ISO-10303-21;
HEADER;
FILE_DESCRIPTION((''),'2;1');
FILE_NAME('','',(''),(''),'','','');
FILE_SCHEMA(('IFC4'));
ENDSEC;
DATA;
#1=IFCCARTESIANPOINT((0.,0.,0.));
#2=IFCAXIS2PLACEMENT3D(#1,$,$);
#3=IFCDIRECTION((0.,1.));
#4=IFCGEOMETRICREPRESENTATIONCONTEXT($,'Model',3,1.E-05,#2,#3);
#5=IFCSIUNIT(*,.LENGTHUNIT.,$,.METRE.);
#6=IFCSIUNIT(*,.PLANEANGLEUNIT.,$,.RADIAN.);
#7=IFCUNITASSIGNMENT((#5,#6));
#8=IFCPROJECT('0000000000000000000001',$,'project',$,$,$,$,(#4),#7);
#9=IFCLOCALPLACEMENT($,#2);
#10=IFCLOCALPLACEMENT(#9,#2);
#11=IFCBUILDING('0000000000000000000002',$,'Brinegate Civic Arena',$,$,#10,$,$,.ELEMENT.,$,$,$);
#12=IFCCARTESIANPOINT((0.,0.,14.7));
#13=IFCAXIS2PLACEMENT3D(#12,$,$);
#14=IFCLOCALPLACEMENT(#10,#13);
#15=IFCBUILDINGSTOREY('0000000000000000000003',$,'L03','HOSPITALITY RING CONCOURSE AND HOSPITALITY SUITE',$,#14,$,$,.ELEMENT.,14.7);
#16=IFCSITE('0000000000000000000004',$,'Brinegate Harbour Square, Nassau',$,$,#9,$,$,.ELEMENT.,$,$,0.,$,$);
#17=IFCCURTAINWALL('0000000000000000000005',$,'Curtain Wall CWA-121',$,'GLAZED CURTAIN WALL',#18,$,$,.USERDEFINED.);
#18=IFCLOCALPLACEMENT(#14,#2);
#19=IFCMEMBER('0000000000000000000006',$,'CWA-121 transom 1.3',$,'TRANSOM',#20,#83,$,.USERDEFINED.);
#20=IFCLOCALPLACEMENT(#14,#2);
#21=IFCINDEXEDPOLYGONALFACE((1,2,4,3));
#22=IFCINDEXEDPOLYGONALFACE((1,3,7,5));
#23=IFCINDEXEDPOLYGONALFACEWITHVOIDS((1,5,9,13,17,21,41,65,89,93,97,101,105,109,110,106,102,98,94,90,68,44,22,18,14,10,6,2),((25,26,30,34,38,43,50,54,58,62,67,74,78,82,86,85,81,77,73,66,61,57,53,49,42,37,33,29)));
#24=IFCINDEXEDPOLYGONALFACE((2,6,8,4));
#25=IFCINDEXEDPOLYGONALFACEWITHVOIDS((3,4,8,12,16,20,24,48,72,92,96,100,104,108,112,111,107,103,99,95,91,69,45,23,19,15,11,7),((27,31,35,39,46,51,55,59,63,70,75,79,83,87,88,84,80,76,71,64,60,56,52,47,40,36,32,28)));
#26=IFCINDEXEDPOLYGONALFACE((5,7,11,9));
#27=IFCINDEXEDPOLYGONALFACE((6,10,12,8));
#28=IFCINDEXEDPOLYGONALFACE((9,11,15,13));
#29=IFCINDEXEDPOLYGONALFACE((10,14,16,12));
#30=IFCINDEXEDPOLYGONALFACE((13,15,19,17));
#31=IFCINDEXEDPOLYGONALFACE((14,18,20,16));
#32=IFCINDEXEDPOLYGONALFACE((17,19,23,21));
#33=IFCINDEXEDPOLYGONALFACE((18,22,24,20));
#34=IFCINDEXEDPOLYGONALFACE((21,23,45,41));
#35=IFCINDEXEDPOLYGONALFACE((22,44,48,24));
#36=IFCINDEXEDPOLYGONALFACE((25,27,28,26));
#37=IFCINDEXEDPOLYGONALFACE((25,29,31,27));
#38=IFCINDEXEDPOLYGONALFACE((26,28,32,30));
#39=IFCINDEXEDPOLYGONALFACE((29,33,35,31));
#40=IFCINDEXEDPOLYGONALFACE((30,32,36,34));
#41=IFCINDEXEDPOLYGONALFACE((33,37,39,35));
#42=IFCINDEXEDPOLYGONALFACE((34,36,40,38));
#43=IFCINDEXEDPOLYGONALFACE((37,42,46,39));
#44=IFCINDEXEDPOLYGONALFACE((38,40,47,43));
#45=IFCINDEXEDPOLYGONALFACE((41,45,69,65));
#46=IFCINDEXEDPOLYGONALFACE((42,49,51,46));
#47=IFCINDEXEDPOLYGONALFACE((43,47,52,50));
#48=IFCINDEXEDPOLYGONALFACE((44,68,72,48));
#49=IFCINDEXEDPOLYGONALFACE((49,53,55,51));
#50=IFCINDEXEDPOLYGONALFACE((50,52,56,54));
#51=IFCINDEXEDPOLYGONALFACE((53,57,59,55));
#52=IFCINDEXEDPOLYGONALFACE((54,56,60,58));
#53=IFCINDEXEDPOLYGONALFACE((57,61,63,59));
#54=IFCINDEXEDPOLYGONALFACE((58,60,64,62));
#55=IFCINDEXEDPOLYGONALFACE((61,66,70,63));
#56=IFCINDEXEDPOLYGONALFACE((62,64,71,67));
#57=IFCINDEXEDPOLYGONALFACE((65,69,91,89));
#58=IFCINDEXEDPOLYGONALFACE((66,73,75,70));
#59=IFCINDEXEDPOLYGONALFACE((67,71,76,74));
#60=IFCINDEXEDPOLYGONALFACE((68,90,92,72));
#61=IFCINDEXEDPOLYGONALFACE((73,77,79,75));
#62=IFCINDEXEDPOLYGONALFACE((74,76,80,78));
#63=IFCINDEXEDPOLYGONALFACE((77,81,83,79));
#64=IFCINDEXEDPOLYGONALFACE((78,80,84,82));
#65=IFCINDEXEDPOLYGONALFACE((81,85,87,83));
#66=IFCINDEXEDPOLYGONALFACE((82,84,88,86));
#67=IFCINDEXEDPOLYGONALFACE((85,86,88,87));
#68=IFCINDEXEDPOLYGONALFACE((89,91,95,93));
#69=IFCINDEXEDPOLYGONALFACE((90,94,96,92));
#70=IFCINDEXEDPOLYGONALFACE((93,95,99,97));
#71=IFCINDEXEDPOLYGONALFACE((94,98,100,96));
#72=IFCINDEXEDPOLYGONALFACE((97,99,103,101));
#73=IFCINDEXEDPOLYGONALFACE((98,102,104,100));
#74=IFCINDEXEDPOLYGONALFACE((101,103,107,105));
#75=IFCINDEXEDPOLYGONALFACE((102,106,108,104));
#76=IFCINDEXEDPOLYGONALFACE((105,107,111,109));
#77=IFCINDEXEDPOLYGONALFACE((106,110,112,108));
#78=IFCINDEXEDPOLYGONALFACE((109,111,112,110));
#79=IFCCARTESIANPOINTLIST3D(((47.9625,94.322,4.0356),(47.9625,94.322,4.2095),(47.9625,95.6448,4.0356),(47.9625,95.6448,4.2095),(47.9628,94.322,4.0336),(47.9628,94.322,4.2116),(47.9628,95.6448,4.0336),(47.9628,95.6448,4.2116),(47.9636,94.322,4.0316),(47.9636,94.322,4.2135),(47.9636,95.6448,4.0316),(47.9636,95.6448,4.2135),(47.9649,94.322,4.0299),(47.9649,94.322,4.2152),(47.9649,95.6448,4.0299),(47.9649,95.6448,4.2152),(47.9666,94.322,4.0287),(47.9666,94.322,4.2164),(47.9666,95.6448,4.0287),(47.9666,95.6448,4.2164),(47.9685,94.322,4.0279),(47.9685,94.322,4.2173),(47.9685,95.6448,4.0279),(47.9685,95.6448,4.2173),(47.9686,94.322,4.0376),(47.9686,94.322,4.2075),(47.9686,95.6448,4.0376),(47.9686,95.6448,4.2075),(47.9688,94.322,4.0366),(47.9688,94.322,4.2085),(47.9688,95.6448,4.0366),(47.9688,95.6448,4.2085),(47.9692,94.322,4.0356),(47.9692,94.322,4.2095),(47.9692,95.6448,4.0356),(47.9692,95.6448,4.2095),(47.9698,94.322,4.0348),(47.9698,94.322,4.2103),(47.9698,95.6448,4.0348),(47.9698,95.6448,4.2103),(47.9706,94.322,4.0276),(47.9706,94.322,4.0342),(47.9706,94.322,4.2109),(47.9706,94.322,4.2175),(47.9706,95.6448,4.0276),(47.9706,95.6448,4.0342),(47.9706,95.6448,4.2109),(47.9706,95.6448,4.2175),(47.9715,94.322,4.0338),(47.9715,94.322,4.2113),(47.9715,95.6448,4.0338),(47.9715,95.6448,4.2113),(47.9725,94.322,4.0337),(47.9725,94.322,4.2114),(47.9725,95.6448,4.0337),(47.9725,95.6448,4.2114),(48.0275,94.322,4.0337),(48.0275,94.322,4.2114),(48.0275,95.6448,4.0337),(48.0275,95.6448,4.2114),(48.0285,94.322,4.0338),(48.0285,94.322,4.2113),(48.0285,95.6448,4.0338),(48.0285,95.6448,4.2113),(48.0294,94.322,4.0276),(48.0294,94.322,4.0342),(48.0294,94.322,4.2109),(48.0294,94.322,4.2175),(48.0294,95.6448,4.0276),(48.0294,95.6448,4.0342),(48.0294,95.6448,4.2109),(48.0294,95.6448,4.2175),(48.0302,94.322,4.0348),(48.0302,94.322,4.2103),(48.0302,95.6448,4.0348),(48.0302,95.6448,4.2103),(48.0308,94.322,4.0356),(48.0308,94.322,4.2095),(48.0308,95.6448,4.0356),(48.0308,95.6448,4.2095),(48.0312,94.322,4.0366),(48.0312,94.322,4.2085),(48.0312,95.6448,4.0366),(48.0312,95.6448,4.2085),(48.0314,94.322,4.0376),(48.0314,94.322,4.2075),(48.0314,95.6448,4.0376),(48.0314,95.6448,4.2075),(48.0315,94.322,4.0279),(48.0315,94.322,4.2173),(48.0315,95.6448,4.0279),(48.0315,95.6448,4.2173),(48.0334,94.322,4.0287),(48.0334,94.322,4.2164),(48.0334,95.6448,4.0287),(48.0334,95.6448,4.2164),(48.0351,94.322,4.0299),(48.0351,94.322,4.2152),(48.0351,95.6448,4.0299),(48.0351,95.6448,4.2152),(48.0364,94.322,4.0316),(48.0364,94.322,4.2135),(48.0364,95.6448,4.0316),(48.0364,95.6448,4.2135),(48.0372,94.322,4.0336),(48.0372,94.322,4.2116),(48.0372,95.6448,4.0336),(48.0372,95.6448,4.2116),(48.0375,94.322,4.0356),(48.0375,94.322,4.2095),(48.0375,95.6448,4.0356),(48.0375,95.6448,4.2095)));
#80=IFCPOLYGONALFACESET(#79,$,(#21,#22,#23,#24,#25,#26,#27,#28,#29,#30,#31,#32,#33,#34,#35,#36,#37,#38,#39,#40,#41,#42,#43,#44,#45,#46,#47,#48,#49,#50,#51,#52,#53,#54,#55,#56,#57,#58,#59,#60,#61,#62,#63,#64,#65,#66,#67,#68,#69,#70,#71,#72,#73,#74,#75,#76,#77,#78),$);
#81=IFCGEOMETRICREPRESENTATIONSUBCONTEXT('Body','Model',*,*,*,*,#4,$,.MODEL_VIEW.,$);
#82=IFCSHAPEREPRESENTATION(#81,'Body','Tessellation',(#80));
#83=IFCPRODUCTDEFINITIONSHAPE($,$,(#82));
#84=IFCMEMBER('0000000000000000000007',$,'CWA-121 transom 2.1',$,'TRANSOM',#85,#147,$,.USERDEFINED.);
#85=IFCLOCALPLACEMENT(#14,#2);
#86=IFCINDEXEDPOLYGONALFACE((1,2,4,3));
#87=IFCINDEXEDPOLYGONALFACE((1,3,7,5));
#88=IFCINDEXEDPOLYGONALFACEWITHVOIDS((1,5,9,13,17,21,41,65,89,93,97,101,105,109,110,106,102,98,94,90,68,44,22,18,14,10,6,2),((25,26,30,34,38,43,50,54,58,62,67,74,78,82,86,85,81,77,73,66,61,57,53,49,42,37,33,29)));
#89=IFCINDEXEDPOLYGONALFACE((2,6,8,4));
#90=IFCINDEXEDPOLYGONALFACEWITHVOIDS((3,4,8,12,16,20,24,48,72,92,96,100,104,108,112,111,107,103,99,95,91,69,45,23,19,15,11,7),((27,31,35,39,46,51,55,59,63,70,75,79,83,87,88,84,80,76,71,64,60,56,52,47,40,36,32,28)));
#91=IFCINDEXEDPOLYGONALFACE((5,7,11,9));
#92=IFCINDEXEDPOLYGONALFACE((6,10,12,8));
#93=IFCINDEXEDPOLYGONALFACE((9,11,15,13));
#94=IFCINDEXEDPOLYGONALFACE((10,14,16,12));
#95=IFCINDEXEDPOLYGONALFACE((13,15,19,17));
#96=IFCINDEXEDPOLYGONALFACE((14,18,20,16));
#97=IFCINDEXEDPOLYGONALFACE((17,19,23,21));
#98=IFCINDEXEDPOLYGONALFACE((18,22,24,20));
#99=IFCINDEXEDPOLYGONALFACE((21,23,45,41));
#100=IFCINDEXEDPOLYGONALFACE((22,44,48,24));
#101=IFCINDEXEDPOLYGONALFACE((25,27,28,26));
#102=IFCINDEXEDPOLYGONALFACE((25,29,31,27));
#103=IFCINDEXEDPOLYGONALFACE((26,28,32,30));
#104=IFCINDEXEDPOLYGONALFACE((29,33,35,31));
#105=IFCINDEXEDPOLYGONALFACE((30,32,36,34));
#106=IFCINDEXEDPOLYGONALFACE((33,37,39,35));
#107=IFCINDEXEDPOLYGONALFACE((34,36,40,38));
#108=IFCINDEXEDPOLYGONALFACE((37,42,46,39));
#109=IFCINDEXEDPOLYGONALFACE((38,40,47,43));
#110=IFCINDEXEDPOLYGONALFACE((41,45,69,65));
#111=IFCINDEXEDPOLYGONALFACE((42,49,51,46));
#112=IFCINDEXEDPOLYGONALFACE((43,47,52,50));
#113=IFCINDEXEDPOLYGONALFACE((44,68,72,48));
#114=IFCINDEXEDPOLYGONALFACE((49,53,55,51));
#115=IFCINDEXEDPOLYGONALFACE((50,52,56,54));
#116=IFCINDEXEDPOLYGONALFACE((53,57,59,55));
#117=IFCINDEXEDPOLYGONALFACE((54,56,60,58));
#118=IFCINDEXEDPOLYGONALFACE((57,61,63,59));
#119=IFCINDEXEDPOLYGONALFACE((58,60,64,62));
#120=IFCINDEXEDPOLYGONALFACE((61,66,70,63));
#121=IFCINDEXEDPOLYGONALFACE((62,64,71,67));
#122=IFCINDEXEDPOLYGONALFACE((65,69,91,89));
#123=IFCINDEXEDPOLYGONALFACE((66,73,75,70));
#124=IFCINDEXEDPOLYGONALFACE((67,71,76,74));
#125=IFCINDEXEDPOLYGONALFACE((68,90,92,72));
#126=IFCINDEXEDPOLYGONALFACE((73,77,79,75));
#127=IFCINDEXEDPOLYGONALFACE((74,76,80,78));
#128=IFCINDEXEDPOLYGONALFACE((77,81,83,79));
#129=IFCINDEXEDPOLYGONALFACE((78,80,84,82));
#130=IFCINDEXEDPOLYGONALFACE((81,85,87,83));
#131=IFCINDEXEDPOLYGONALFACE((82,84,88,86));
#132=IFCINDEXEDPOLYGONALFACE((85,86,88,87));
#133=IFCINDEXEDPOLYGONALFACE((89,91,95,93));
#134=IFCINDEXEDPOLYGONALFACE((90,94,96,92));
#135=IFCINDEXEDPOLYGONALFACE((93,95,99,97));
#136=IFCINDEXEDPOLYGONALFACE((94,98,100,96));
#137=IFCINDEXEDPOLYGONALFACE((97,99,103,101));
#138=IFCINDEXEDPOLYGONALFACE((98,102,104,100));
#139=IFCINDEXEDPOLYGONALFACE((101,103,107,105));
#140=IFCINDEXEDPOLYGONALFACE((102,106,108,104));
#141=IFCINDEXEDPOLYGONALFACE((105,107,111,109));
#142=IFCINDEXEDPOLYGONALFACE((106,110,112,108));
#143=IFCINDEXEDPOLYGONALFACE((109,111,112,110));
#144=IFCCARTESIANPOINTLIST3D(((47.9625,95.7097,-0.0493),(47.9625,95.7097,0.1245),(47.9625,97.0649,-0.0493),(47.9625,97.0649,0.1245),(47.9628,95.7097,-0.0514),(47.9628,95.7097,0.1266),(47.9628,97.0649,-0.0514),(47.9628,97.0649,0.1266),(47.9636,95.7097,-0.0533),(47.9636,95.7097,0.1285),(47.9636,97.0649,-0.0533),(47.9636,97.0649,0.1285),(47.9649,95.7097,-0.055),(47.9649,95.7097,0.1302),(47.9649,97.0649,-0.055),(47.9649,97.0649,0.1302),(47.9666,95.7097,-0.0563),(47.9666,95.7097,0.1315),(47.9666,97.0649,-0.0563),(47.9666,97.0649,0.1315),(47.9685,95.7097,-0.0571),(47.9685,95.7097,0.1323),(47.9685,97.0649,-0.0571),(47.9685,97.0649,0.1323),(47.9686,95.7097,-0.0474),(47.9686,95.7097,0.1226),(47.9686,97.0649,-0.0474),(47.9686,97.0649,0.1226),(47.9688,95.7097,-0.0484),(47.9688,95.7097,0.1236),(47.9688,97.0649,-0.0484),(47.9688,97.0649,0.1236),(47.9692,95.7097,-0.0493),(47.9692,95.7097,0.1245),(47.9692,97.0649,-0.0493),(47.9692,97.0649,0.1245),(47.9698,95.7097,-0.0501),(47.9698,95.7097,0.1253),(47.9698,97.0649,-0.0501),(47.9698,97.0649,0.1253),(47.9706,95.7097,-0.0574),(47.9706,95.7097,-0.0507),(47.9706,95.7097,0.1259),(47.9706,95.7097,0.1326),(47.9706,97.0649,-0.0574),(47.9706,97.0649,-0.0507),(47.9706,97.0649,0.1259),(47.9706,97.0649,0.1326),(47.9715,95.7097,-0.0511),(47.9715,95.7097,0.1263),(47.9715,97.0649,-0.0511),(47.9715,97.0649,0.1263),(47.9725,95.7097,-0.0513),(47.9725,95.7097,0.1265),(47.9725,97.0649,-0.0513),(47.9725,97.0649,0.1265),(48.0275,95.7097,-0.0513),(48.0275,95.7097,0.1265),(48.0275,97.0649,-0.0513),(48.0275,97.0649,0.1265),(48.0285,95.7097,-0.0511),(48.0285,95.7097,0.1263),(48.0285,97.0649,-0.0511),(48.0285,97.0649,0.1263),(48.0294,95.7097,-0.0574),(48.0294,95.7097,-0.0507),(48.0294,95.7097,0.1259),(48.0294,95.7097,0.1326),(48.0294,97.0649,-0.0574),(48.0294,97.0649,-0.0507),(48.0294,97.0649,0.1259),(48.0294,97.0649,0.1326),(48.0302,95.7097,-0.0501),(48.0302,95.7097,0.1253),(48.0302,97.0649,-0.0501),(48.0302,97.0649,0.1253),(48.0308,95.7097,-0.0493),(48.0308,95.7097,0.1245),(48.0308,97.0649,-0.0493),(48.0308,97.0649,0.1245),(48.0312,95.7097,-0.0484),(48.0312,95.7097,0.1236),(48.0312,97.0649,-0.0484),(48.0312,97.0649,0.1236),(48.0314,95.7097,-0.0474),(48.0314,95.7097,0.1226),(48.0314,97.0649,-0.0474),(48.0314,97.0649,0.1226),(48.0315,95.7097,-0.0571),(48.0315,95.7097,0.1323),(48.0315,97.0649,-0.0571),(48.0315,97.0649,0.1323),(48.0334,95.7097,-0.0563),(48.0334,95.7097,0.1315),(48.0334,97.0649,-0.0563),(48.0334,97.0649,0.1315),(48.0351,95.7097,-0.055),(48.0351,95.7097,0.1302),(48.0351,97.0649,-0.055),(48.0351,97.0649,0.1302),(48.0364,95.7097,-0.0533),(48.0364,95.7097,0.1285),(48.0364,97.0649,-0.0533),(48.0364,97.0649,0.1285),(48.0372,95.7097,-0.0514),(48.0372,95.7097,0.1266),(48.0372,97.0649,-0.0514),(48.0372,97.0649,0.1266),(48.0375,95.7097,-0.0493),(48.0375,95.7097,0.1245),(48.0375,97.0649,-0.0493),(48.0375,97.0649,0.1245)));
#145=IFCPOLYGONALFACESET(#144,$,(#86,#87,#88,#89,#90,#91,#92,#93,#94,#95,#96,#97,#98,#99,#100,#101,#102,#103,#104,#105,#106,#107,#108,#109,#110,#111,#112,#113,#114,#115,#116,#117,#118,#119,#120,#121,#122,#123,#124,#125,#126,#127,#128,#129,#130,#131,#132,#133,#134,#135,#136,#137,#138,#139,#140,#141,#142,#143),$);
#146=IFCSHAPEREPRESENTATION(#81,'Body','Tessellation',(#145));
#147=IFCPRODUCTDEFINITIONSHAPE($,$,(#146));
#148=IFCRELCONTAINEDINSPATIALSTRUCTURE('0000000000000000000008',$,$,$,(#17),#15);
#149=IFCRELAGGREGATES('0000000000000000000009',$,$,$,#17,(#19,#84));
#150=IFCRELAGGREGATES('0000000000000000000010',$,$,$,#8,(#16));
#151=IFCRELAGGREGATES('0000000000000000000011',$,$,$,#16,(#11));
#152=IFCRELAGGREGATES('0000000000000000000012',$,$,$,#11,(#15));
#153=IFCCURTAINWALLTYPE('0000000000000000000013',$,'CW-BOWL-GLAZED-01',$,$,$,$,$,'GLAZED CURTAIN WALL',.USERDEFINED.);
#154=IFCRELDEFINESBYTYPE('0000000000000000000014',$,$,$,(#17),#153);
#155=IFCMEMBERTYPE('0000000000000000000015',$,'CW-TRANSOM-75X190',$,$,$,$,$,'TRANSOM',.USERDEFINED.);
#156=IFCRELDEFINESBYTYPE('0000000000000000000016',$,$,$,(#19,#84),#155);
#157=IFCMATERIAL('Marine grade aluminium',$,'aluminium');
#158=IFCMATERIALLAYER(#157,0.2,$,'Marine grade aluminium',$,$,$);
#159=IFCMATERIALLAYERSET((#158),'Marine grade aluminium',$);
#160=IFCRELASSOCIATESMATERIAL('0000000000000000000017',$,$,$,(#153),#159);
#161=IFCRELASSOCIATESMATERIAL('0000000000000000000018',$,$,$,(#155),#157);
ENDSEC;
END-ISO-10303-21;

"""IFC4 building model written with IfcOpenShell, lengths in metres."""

from ifc_helpers import new_model, si_unit, direction, frame, origin, origin_2d, place, context, subcontext, project, spatial, hollow_rectangle, extrude, material, layer, layer_set, material_profile, profile_set, type_object, element, aggregate, save


model = new_model("IFC4")

# Units and contexts
model_context = context("Model", 3, precision=1e-05, world=origin(), true_north=direction((0.0, 1.0)))
body_context = subcontext(model_context, "Body", "Model", "MODEL_VIEW")
ifc_project = project(units=[si_unit("LENGTHUNIT", "METRE"), si_unit("PLANEANGLEUNIT", "RADIAN")], contexts=[model_context])

# Site, building, storey
site_placement = place(None, origin())
site = spatial("IfcSite", under=ifc_project, at=site_placement, Name="Brinegate Harbour Square, Nassau", CompositionType="ELEMENT", RefElevation=0.0)
building_placement = place(site_placement, origin())
building = spatial("IfcBuilding", under=site, at=building_placement, Name="Brinegate Civic Arena", CompositionType="ELEMENT")
storey_placement = place(building_placement, frame((0.0, 0.0, 14.7)))
storey = spatial("IfcBuildingStorey", under=building, at=storey_placement, Name="L03", Description="HOSPITALITY RING CONCOURSE AND HOSPITALITY SUITE", CompositionType="ELEMENT", Elevation=14.7)

# Curtain wall
ifc_material_1 = material(Name="Marine grade aluminium", Category="aluminium")
ifc_layer_1 = layer(ifc_material_1, 0.2, Name="Marine grade aluminium")
ifc_layer_set_1 = layer_set([ifc_layer_1], Name="Marine grade aluminium")
curtain_wall_type = type_object("IfcCurtainWallType", Name="CW-BOWL-GLAZED-01", ElementType="GLAZED CURTAIN WALL", PredefinedType="USERDEFINED", material=ifc_layer_set_1)
curtain_wall_1_placement = place(storey_placement, origin())
curtain_wall_1 = element("IfcCurtainWall", 1, at=curtain_wall_1_placement, inside=storey, type_object=curtain_wall_type, Name="Curtain Wall CWA-121", ObjectType="GLAZED CURTAIN WALL", PredefinedType="USERDEFINED")

# Members
ifc_material_profile_1 = material_profile(ifc_material_1, hollow_rectangle(XDim=0.075, YDim=0.1899, WallThickness=0.0061, InnerFilletRadius=0.0039, OuterFilletRadius=0.0081, at=origin_2d()), Name="TRN75X190")
ifc_profile_set_1 = profile_set([ifc_material_profile_1], Name="Marine grade aluminium")
member_type_1 = type_object("IfcMemberType", Name="CW-TRANSOM-75X190", ElementType="TRANSOM", PredefinedType="USERDEFINED", material=ifc_profile_set_1)
member_1_placement = place(storey_placement, frame((48.0, 94.322, 4.1226), z_axis=(0.0, 1.0, 0.0), x_axis=(-1.0, 0.0, 0.0)))
member_1 = element("IfcMember", 2, at=member_1_placement, type_object=member_type_1, Name="CWA-121 transom 1.3", ObjectType="TRANSOM", PredefinedType="USERDEFINED", context=body_context, shape_type="SweptSolid", body=[
    extrude(hollow_rectangle(XDim=0.075, YDim=0.1899, WallThickness=0.0061, InnerFilletRadius=0.0039, OuterFilletRadius=0.0081, at=origin_2d()), origin(), (0.0, 0.0, 1.0), 1.3228),
])
member_2_placement = place(storey_placement, frame((48.0, 95.7097, 0.0376), z_axis=(0.0, 1.0, 0.0), x_axis=(-1.0, 0.0, 0.0)))
member_2 = element("IfcMember", 3, at=member_2_placement, type_object=member_type_1, Name="CWA-121 transom 2.1", ObjectType="TRANSOM", PredefinedType="USERDEFINED", context=body_context, shape_type="SweptSolid", body=[
    extrude(hollow_rectangle(XDim=0.075, YDim=0.1899, WallThickness=0.0061, InnerFilletRadius=0.0039, OuterFilletRadius=0.0081, at=origin_2d()), origin(), (0.0, 0.0, 1.0), 1.3552),
])

aggregate(curtain_wall_1, [member_1, member_2])

save(model, "model.ifc")
